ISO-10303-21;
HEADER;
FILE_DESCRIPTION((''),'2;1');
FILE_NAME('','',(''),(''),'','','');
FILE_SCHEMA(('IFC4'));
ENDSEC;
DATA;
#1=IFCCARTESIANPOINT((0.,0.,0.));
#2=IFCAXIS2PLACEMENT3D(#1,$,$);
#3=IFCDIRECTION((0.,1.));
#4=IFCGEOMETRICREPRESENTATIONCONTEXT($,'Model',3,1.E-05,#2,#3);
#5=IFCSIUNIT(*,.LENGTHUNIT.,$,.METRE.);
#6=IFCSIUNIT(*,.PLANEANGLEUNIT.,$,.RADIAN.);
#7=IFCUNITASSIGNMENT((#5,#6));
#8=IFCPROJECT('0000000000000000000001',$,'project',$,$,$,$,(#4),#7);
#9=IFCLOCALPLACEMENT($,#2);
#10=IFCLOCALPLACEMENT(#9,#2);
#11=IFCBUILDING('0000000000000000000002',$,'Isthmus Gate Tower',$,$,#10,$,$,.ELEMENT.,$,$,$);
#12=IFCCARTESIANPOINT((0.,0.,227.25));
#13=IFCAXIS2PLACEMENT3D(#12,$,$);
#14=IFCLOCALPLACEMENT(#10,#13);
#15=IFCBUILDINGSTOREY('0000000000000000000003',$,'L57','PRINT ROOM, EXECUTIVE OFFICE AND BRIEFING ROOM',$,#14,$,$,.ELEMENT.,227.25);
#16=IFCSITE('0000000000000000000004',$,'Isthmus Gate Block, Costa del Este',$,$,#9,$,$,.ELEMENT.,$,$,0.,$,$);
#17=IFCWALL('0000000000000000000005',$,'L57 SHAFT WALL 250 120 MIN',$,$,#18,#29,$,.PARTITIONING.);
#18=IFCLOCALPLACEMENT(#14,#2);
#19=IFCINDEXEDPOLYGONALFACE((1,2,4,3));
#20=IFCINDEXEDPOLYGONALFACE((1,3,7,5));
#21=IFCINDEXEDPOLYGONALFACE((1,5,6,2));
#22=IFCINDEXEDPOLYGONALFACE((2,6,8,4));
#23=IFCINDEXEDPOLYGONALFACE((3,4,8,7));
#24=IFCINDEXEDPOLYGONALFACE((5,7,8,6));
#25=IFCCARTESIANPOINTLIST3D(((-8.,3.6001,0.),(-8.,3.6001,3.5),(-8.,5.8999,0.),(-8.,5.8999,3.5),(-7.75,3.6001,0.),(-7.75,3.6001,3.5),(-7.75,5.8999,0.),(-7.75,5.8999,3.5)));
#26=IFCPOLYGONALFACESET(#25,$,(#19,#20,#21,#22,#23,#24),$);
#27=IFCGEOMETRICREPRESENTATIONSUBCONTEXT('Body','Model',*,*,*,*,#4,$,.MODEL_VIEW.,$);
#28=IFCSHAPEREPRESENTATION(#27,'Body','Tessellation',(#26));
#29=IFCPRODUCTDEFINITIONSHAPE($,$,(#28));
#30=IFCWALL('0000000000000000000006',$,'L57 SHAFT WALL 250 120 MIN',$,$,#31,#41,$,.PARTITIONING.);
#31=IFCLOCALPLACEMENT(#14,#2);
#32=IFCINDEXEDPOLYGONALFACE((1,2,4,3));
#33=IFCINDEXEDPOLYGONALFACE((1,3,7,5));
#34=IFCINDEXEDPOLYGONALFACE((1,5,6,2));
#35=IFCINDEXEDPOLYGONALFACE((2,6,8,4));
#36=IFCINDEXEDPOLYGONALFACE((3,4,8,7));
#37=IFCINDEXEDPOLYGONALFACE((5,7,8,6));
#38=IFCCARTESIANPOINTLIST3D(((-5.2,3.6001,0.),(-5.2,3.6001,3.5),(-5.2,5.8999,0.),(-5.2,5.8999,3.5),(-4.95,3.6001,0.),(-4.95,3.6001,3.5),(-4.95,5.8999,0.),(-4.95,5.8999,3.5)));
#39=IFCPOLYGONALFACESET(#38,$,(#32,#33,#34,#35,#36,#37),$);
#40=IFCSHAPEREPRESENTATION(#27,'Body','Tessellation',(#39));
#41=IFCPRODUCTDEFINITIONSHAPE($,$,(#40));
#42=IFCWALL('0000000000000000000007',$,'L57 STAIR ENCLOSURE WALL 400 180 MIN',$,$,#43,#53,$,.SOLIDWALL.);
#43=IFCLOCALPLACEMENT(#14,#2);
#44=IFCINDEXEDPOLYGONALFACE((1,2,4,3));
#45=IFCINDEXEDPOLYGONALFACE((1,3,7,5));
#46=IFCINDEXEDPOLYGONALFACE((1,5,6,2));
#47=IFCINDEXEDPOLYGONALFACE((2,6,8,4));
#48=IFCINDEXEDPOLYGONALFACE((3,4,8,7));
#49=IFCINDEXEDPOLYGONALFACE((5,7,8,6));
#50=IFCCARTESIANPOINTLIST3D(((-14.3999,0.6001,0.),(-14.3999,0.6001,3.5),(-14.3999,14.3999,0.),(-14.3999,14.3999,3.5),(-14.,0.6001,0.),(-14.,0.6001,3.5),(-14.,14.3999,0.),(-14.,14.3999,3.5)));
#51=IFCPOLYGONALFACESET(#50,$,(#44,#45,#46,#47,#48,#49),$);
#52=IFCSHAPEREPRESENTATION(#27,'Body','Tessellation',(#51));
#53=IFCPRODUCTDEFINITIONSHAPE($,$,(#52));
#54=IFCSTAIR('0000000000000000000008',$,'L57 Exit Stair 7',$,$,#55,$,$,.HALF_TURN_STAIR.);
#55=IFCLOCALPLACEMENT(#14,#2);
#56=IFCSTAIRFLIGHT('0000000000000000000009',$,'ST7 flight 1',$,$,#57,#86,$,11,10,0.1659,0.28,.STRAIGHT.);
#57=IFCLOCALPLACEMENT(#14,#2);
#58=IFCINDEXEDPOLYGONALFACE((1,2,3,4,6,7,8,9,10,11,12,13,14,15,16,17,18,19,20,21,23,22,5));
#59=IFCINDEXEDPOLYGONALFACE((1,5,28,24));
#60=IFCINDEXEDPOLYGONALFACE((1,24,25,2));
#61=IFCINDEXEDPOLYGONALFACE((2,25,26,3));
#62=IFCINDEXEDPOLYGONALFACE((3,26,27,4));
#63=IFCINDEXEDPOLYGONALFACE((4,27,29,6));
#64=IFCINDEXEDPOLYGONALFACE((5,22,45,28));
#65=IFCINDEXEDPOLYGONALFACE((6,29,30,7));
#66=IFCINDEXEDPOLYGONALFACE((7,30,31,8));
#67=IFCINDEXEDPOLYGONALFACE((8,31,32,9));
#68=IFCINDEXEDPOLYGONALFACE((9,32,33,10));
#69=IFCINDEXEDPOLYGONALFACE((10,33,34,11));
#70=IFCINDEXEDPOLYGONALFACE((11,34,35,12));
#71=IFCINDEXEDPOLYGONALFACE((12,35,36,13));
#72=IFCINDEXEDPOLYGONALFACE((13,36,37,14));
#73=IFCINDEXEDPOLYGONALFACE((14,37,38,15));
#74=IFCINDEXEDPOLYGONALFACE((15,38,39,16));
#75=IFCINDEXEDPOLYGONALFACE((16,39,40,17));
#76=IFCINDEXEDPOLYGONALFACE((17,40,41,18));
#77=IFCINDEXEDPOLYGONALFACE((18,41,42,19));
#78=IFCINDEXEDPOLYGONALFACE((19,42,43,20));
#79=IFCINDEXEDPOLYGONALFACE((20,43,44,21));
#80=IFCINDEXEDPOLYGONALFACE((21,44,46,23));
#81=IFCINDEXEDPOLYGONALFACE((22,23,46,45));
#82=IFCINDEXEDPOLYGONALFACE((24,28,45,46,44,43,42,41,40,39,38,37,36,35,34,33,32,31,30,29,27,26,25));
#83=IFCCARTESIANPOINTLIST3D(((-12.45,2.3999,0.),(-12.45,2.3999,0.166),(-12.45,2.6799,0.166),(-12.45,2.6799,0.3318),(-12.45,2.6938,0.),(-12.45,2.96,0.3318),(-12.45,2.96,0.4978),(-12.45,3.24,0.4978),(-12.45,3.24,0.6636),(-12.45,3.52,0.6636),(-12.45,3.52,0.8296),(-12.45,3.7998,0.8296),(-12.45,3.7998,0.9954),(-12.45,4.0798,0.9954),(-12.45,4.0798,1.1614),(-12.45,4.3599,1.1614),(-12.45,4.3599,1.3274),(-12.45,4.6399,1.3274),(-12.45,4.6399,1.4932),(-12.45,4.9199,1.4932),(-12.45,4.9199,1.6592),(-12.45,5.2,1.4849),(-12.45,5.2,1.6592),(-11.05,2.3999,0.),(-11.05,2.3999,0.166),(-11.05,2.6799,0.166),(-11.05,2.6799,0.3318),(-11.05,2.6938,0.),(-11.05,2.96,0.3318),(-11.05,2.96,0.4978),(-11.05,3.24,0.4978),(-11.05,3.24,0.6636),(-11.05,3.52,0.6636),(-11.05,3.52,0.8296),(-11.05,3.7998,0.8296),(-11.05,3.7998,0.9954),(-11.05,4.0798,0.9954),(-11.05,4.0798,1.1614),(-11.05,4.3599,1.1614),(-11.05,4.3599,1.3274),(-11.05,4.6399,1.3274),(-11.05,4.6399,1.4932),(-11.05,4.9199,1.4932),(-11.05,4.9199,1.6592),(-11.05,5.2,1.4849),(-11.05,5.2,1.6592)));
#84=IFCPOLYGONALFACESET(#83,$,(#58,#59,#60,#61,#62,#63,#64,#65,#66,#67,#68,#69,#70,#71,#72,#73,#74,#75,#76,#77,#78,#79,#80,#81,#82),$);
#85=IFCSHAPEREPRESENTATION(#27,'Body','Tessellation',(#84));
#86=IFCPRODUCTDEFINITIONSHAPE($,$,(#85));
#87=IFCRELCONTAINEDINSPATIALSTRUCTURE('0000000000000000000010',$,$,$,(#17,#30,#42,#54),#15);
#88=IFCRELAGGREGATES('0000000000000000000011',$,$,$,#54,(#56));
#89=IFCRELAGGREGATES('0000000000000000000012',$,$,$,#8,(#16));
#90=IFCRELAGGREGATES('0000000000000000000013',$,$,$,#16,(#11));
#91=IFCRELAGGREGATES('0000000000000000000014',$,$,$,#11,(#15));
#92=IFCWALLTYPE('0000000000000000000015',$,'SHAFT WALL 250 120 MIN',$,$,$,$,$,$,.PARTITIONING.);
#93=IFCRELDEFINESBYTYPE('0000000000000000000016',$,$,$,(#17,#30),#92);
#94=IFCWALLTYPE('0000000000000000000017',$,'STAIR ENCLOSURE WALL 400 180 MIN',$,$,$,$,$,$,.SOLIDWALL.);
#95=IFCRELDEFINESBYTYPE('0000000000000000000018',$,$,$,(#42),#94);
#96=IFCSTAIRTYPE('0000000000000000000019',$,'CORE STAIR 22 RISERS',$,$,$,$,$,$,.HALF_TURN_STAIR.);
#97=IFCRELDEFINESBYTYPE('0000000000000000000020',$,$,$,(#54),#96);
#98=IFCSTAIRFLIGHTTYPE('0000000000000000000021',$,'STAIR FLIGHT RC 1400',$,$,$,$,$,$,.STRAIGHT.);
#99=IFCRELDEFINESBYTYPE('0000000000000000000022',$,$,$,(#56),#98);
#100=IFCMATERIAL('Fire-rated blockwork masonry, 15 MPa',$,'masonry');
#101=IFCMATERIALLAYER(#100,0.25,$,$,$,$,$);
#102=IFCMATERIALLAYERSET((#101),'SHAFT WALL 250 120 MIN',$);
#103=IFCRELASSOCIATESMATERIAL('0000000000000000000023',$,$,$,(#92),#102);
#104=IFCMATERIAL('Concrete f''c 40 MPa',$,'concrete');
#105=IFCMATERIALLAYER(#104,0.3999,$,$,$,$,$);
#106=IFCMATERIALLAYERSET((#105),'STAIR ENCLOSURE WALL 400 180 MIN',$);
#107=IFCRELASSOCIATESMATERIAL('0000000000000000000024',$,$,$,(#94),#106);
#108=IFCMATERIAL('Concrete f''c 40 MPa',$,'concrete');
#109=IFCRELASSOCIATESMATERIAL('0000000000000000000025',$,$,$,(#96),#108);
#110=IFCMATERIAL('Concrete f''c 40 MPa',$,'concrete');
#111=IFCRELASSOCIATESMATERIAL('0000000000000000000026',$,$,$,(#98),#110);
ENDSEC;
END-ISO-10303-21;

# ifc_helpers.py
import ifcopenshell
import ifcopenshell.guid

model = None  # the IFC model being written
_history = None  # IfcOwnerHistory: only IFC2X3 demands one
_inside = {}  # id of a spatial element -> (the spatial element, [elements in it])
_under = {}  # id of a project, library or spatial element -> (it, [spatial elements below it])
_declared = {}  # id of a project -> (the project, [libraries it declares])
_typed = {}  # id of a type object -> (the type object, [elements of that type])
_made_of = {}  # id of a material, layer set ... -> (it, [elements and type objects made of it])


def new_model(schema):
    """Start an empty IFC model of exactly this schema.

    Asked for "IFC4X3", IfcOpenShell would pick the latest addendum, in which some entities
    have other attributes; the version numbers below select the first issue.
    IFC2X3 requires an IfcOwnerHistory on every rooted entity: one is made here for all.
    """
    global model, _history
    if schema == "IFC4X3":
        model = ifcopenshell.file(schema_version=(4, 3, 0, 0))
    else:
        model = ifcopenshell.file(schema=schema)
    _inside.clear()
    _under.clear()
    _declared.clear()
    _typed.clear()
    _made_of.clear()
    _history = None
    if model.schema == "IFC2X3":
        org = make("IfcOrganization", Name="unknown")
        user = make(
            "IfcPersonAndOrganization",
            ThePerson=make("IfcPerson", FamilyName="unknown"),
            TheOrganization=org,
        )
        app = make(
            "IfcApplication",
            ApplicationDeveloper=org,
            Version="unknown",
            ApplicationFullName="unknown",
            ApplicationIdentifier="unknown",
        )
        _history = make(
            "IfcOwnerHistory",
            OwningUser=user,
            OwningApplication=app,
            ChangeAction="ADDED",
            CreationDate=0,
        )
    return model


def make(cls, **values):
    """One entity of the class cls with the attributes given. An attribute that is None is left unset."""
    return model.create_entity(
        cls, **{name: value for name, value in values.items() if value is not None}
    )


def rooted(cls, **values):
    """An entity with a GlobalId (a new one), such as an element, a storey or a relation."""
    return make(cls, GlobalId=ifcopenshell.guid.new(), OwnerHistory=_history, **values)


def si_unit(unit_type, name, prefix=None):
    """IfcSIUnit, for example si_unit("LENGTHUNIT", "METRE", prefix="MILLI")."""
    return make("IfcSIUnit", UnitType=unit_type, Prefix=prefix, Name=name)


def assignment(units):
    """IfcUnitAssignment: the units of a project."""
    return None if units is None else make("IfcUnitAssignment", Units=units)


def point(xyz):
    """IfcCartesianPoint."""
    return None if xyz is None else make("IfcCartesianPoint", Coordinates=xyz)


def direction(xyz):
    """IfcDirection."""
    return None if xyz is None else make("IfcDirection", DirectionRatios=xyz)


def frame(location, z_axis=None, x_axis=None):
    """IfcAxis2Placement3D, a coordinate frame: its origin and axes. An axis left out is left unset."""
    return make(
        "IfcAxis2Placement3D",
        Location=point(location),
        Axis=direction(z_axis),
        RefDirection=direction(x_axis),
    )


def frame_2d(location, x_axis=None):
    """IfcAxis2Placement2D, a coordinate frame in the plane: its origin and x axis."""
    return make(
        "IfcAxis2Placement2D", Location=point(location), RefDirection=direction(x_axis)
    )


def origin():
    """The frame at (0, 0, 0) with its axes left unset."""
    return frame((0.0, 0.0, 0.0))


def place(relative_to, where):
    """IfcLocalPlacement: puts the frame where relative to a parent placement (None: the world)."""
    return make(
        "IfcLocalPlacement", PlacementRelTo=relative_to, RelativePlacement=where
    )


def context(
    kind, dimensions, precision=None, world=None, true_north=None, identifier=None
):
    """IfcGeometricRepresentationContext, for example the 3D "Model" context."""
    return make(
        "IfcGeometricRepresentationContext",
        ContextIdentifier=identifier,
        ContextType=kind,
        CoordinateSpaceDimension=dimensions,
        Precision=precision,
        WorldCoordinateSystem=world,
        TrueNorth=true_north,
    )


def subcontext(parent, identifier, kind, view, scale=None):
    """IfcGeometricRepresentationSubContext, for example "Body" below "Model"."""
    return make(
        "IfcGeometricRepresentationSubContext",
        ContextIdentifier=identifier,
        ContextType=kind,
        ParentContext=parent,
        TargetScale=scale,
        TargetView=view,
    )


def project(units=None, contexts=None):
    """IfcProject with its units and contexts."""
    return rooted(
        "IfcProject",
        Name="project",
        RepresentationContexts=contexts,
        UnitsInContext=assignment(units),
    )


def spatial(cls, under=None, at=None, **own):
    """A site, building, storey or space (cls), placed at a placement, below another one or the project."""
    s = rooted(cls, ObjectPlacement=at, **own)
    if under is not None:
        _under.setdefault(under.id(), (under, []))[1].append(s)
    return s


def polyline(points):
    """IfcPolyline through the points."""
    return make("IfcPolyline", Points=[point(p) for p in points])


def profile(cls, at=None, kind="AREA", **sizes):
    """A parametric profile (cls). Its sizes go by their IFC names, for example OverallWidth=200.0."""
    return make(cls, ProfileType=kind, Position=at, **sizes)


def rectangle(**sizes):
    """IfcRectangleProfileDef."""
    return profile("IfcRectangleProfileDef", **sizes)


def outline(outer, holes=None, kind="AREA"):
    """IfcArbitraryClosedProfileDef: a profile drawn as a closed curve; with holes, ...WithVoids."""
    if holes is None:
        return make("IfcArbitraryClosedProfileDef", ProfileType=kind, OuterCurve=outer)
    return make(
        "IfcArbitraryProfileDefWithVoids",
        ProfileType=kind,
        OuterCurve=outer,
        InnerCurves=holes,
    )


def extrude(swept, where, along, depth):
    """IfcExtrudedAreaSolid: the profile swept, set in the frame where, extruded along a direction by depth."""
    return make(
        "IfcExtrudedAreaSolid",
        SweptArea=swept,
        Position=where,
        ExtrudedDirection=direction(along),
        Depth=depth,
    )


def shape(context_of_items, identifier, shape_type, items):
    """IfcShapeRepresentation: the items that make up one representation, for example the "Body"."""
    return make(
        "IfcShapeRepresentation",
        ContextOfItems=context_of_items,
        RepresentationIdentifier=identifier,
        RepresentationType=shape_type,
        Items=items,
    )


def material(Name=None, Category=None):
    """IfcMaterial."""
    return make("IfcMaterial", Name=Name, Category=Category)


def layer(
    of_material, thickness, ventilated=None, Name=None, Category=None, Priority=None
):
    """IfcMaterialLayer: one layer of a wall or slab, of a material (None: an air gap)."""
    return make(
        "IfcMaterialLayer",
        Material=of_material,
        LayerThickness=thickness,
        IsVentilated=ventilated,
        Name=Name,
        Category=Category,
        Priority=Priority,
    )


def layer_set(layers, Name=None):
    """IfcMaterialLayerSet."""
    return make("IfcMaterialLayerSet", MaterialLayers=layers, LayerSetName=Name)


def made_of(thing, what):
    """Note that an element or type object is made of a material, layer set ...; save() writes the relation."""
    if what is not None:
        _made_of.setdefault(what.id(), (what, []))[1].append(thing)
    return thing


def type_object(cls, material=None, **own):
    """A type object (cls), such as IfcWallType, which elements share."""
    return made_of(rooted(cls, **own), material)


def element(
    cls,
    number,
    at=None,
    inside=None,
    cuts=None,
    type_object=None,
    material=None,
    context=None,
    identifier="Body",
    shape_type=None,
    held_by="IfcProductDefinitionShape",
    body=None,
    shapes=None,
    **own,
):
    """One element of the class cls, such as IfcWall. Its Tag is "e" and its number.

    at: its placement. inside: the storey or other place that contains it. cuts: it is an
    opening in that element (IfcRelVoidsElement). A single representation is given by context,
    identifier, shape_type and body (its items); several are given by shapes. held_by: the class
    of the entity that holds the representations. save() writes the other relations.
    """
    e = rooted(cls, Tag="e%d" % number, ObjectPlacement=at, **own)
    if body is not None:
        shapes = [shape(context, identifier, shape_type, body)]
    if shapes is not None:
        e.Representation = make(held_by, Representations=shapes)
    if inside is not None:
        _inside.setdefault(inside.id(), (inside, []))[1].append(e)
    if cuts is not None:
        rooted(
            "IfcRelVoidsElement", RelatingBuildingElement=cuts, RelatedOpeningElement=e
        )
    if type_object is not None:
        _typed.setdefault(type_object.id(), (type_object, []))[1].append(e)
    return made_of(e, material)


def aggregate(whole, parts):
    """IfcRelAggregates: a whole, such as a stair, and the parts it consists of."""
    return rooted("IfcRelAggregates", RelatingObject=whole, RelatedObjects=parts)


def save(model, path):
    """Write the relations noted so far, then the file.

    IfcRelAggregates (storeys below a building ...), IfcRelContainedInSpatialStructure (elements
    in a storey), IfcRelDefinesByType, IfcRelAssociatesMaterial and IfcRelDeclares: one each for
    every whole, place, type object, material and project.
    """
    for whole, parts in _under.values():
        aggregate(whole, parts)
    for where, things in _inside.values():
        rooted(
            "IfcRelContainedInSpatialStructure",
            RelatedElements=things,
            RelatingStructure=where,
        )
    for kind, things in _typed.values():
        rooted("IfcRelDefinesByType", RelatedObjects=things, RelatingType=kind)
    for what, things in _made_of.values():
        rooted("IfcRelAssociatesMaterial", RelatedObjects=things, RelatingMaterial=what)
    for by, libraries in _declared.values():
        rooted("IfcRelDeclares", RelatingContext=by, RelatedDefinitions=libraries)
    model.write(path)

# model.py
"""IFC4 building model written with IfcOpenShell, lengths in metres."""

from ifc_helpers import new_model, si_unit, direction, frame, frame_2d, origin, place, context, subcontext, project, spatial, polyline, rectangle, outline, extrude, material, layer, layer_set, type_object, element, aggregate, save


model = new_model("IFC4")

# Units and contexts
model_context = context("Model", 3, precision=1e-05, world=origin(), true_north=direction((0.0, 1.0)))
body_context = subcontext(model_context, "Body", "Model", "MODEL_VIEW")
ifc_project = project(units=[si_unit("LENGTHUNIT", "METRE"), si_unit("PLANEANGLEUNIT", "RADIAN")], contexts=[model_context])

# Site, building, storey
site_placement = place(None, origin())
site = spatial("IfcSite", under=ifc_project, at=site_placement, Name="Isthmus Gate Block, Costa del Este", CompositionType="ELEMENT", RefElevation=0.0)
building_placement = place(site_placement, origin())
building = spatial("IfcBuilding", under=site, at=building_placement, Name="Isthmus Gate Tower", CompositionType="ELEMENT")
storey_placement = place(building_placement, frame((0.0, 0.0, 227.25)))
storey = spatial("IfcBuildingStorey", under=building, at=storey_placement, Name="L57", Description="PRINT ROOM, EXECUTIVE OFFICE AND BRIEFING ROOM", CompositionType="ELEMENT", Elevation=227.25)

# Walls
ifc_material_1 = material(Name="Fire-rated blockwork masonry, 15 MPa", Category="masonry")
ifc_layer_1 = layer(ifc_material_1, 0.25)
ifc_layer_set_1 = layer_set([ifc_layer_1], Name="SHAFT WALL 250 120 MIN")
wall_type_1 = type_object("IfcWallType", Name="SHAFT WALL 250 120 MIN", PredefinedType="PARTITIONING", material=ifc_layer_set_1)
for number, where, z_axis, x_axis, name in (
    (1, (-7.875, 3.6001, 0.0), (0.0, 0.0, 1.0), (0.0, 1.0, 0.0), "L57 SHAFT WALL 250 120 MIN"),
    (2, (-5.075, 3.6001, 0.0), (0.0, 0.0, 1.0), (0.0, 1.0, 0.0), "L57 SHAFT WALL 250 120 MIN"),
):
    element("IfcWall", number, at=place(storey_placement, frame(where, z_axis=z_axis, x_axis=x_axis)), inside=storey, type_object=wall_type_1, Name=name, PredefinedType="PARTITIONING", context=body_context, shape_type="SweptSolid", body=[
        extrude(rectangle(XDim=2.2998, YDim=0.25, at=frame_2d((1.1499, 0.0))), origin(), (0.0, 0.0, 1.0), 3.5),
    ])
ifc_material_2 = material(Name="Concrete f'c 40 MPa", Category="concrete")
ifc_layer_2 = layer(ifc_material_2, 0.3999)
ifc_layer_set_2 = layer_set([ifc_layer_2], Name="STAIR ENCLOSURE WALL 400 180 MIN")
wall_type_2 = type_object("IfcWallType", Name="STAIR ENCLOSURE WALL 400 180 MIN", PredefinedType="SOLIDWALL", material=ifc_layer_set_2)
wall_1_placement = place(storey_placement, frame((-14.2, 0.6001, 0.0), z_axis=(0.0, 0.0, 1.0), x_axis=(0.0, 1.0, 0.0)))
element("IfcWall", 3, at=wall_1_placement, inside=storey, type_object=wall_type_2, Name="L57 STAIR ENCLOSURE WALL 400 180 MIN", PredefinedType="SOLIDWALL", context=body_context, shape_type="SweptSolid", body=[
    extrude(rectangle(XDim=13.7998, YDim=0.3999, at=frame_2d((6.8999, 0.0))), origin(), (0.0, 0.0, 1.0), 3.5),
])

# Stair, stair flight
ifc_material_3 = material(Name="Concrete f'c 40 MPa", Category="concrete")
stair_type = type_object("IfcStairType", Name="CORE STAIR 22 RISERS", PredefinedType="HALF_TURN_STAIR", material=ifc_material_3)
stair_placement = place(storey_placement, origin())
stair = element("IfcStair", 4, at=stair_placement, inside=storey, type_object=stair_type, Name="L57 Exit Stair 7", PredefinedType="HALF_TURN_STAIR")
ifc_material_4 = material(Name="Concrete f'c 40 MPa", Category="concrete")
stair_flight_type = type_object("IfcStairFlightType", Name="STAIR FLIGHT RC 1400", PredefinedType="STRAIGHT", material=ifc_material_4)
stair_flight_placement = place(storey_placement, frame((-11.75, 2.3999, 0.0), z_axis=(0.0, 0.0, 1.0), x_axis=(0.0, 1.0, 0.0)))
stair_flight = element("IfcStairFlight", 5, at=stair_flight_placement, type_object=stair_flight_type, Name="ST7 flight 1", NumberOfRisers=11, NumberOfTreads=10, PredefinedType="STRAIGHT", RiserHeight=0.1659, TreadLength=0.28, context=body_context, shape_type="SweptSolid", body=[
    extrude(outline(polyline([(0.0, 0.0), (0.0, 0.166), (0.28, 0.166), (0.28, 0.3318), (0.5601, 0.3318), (0.5601, 0.4978), (0.8401, 0.4978), (0.8401, 0.6636), (1.1201, 0.6636), (1.1201, 0.8296), (1.3999, 0.8296), (1.3999, 0.9954), (1.6799, 0.9954), (1.6799, 1.1614), (1.96, 1.1614), (1.96, 1.3274), (2.24, 1.3274), (2.24, 1.4932), (2.52, 1.4932), (2.52, 1.6592), (2.8, 1.6592), (2.8, 1.825), (2.8, 1.4849), (0.2939, 0.0), (0.0, 0.0)])), frame((0.0, 0.7, 0.0), z_axis=(0.0, -1.0, 0.0), x_axis=(1.0, 0.0, 0.0)), (0.0, 0.0, 1.0), 1.3999),
])
aggregate(stair, [stair_flight])

save(model, "model.ifc")
